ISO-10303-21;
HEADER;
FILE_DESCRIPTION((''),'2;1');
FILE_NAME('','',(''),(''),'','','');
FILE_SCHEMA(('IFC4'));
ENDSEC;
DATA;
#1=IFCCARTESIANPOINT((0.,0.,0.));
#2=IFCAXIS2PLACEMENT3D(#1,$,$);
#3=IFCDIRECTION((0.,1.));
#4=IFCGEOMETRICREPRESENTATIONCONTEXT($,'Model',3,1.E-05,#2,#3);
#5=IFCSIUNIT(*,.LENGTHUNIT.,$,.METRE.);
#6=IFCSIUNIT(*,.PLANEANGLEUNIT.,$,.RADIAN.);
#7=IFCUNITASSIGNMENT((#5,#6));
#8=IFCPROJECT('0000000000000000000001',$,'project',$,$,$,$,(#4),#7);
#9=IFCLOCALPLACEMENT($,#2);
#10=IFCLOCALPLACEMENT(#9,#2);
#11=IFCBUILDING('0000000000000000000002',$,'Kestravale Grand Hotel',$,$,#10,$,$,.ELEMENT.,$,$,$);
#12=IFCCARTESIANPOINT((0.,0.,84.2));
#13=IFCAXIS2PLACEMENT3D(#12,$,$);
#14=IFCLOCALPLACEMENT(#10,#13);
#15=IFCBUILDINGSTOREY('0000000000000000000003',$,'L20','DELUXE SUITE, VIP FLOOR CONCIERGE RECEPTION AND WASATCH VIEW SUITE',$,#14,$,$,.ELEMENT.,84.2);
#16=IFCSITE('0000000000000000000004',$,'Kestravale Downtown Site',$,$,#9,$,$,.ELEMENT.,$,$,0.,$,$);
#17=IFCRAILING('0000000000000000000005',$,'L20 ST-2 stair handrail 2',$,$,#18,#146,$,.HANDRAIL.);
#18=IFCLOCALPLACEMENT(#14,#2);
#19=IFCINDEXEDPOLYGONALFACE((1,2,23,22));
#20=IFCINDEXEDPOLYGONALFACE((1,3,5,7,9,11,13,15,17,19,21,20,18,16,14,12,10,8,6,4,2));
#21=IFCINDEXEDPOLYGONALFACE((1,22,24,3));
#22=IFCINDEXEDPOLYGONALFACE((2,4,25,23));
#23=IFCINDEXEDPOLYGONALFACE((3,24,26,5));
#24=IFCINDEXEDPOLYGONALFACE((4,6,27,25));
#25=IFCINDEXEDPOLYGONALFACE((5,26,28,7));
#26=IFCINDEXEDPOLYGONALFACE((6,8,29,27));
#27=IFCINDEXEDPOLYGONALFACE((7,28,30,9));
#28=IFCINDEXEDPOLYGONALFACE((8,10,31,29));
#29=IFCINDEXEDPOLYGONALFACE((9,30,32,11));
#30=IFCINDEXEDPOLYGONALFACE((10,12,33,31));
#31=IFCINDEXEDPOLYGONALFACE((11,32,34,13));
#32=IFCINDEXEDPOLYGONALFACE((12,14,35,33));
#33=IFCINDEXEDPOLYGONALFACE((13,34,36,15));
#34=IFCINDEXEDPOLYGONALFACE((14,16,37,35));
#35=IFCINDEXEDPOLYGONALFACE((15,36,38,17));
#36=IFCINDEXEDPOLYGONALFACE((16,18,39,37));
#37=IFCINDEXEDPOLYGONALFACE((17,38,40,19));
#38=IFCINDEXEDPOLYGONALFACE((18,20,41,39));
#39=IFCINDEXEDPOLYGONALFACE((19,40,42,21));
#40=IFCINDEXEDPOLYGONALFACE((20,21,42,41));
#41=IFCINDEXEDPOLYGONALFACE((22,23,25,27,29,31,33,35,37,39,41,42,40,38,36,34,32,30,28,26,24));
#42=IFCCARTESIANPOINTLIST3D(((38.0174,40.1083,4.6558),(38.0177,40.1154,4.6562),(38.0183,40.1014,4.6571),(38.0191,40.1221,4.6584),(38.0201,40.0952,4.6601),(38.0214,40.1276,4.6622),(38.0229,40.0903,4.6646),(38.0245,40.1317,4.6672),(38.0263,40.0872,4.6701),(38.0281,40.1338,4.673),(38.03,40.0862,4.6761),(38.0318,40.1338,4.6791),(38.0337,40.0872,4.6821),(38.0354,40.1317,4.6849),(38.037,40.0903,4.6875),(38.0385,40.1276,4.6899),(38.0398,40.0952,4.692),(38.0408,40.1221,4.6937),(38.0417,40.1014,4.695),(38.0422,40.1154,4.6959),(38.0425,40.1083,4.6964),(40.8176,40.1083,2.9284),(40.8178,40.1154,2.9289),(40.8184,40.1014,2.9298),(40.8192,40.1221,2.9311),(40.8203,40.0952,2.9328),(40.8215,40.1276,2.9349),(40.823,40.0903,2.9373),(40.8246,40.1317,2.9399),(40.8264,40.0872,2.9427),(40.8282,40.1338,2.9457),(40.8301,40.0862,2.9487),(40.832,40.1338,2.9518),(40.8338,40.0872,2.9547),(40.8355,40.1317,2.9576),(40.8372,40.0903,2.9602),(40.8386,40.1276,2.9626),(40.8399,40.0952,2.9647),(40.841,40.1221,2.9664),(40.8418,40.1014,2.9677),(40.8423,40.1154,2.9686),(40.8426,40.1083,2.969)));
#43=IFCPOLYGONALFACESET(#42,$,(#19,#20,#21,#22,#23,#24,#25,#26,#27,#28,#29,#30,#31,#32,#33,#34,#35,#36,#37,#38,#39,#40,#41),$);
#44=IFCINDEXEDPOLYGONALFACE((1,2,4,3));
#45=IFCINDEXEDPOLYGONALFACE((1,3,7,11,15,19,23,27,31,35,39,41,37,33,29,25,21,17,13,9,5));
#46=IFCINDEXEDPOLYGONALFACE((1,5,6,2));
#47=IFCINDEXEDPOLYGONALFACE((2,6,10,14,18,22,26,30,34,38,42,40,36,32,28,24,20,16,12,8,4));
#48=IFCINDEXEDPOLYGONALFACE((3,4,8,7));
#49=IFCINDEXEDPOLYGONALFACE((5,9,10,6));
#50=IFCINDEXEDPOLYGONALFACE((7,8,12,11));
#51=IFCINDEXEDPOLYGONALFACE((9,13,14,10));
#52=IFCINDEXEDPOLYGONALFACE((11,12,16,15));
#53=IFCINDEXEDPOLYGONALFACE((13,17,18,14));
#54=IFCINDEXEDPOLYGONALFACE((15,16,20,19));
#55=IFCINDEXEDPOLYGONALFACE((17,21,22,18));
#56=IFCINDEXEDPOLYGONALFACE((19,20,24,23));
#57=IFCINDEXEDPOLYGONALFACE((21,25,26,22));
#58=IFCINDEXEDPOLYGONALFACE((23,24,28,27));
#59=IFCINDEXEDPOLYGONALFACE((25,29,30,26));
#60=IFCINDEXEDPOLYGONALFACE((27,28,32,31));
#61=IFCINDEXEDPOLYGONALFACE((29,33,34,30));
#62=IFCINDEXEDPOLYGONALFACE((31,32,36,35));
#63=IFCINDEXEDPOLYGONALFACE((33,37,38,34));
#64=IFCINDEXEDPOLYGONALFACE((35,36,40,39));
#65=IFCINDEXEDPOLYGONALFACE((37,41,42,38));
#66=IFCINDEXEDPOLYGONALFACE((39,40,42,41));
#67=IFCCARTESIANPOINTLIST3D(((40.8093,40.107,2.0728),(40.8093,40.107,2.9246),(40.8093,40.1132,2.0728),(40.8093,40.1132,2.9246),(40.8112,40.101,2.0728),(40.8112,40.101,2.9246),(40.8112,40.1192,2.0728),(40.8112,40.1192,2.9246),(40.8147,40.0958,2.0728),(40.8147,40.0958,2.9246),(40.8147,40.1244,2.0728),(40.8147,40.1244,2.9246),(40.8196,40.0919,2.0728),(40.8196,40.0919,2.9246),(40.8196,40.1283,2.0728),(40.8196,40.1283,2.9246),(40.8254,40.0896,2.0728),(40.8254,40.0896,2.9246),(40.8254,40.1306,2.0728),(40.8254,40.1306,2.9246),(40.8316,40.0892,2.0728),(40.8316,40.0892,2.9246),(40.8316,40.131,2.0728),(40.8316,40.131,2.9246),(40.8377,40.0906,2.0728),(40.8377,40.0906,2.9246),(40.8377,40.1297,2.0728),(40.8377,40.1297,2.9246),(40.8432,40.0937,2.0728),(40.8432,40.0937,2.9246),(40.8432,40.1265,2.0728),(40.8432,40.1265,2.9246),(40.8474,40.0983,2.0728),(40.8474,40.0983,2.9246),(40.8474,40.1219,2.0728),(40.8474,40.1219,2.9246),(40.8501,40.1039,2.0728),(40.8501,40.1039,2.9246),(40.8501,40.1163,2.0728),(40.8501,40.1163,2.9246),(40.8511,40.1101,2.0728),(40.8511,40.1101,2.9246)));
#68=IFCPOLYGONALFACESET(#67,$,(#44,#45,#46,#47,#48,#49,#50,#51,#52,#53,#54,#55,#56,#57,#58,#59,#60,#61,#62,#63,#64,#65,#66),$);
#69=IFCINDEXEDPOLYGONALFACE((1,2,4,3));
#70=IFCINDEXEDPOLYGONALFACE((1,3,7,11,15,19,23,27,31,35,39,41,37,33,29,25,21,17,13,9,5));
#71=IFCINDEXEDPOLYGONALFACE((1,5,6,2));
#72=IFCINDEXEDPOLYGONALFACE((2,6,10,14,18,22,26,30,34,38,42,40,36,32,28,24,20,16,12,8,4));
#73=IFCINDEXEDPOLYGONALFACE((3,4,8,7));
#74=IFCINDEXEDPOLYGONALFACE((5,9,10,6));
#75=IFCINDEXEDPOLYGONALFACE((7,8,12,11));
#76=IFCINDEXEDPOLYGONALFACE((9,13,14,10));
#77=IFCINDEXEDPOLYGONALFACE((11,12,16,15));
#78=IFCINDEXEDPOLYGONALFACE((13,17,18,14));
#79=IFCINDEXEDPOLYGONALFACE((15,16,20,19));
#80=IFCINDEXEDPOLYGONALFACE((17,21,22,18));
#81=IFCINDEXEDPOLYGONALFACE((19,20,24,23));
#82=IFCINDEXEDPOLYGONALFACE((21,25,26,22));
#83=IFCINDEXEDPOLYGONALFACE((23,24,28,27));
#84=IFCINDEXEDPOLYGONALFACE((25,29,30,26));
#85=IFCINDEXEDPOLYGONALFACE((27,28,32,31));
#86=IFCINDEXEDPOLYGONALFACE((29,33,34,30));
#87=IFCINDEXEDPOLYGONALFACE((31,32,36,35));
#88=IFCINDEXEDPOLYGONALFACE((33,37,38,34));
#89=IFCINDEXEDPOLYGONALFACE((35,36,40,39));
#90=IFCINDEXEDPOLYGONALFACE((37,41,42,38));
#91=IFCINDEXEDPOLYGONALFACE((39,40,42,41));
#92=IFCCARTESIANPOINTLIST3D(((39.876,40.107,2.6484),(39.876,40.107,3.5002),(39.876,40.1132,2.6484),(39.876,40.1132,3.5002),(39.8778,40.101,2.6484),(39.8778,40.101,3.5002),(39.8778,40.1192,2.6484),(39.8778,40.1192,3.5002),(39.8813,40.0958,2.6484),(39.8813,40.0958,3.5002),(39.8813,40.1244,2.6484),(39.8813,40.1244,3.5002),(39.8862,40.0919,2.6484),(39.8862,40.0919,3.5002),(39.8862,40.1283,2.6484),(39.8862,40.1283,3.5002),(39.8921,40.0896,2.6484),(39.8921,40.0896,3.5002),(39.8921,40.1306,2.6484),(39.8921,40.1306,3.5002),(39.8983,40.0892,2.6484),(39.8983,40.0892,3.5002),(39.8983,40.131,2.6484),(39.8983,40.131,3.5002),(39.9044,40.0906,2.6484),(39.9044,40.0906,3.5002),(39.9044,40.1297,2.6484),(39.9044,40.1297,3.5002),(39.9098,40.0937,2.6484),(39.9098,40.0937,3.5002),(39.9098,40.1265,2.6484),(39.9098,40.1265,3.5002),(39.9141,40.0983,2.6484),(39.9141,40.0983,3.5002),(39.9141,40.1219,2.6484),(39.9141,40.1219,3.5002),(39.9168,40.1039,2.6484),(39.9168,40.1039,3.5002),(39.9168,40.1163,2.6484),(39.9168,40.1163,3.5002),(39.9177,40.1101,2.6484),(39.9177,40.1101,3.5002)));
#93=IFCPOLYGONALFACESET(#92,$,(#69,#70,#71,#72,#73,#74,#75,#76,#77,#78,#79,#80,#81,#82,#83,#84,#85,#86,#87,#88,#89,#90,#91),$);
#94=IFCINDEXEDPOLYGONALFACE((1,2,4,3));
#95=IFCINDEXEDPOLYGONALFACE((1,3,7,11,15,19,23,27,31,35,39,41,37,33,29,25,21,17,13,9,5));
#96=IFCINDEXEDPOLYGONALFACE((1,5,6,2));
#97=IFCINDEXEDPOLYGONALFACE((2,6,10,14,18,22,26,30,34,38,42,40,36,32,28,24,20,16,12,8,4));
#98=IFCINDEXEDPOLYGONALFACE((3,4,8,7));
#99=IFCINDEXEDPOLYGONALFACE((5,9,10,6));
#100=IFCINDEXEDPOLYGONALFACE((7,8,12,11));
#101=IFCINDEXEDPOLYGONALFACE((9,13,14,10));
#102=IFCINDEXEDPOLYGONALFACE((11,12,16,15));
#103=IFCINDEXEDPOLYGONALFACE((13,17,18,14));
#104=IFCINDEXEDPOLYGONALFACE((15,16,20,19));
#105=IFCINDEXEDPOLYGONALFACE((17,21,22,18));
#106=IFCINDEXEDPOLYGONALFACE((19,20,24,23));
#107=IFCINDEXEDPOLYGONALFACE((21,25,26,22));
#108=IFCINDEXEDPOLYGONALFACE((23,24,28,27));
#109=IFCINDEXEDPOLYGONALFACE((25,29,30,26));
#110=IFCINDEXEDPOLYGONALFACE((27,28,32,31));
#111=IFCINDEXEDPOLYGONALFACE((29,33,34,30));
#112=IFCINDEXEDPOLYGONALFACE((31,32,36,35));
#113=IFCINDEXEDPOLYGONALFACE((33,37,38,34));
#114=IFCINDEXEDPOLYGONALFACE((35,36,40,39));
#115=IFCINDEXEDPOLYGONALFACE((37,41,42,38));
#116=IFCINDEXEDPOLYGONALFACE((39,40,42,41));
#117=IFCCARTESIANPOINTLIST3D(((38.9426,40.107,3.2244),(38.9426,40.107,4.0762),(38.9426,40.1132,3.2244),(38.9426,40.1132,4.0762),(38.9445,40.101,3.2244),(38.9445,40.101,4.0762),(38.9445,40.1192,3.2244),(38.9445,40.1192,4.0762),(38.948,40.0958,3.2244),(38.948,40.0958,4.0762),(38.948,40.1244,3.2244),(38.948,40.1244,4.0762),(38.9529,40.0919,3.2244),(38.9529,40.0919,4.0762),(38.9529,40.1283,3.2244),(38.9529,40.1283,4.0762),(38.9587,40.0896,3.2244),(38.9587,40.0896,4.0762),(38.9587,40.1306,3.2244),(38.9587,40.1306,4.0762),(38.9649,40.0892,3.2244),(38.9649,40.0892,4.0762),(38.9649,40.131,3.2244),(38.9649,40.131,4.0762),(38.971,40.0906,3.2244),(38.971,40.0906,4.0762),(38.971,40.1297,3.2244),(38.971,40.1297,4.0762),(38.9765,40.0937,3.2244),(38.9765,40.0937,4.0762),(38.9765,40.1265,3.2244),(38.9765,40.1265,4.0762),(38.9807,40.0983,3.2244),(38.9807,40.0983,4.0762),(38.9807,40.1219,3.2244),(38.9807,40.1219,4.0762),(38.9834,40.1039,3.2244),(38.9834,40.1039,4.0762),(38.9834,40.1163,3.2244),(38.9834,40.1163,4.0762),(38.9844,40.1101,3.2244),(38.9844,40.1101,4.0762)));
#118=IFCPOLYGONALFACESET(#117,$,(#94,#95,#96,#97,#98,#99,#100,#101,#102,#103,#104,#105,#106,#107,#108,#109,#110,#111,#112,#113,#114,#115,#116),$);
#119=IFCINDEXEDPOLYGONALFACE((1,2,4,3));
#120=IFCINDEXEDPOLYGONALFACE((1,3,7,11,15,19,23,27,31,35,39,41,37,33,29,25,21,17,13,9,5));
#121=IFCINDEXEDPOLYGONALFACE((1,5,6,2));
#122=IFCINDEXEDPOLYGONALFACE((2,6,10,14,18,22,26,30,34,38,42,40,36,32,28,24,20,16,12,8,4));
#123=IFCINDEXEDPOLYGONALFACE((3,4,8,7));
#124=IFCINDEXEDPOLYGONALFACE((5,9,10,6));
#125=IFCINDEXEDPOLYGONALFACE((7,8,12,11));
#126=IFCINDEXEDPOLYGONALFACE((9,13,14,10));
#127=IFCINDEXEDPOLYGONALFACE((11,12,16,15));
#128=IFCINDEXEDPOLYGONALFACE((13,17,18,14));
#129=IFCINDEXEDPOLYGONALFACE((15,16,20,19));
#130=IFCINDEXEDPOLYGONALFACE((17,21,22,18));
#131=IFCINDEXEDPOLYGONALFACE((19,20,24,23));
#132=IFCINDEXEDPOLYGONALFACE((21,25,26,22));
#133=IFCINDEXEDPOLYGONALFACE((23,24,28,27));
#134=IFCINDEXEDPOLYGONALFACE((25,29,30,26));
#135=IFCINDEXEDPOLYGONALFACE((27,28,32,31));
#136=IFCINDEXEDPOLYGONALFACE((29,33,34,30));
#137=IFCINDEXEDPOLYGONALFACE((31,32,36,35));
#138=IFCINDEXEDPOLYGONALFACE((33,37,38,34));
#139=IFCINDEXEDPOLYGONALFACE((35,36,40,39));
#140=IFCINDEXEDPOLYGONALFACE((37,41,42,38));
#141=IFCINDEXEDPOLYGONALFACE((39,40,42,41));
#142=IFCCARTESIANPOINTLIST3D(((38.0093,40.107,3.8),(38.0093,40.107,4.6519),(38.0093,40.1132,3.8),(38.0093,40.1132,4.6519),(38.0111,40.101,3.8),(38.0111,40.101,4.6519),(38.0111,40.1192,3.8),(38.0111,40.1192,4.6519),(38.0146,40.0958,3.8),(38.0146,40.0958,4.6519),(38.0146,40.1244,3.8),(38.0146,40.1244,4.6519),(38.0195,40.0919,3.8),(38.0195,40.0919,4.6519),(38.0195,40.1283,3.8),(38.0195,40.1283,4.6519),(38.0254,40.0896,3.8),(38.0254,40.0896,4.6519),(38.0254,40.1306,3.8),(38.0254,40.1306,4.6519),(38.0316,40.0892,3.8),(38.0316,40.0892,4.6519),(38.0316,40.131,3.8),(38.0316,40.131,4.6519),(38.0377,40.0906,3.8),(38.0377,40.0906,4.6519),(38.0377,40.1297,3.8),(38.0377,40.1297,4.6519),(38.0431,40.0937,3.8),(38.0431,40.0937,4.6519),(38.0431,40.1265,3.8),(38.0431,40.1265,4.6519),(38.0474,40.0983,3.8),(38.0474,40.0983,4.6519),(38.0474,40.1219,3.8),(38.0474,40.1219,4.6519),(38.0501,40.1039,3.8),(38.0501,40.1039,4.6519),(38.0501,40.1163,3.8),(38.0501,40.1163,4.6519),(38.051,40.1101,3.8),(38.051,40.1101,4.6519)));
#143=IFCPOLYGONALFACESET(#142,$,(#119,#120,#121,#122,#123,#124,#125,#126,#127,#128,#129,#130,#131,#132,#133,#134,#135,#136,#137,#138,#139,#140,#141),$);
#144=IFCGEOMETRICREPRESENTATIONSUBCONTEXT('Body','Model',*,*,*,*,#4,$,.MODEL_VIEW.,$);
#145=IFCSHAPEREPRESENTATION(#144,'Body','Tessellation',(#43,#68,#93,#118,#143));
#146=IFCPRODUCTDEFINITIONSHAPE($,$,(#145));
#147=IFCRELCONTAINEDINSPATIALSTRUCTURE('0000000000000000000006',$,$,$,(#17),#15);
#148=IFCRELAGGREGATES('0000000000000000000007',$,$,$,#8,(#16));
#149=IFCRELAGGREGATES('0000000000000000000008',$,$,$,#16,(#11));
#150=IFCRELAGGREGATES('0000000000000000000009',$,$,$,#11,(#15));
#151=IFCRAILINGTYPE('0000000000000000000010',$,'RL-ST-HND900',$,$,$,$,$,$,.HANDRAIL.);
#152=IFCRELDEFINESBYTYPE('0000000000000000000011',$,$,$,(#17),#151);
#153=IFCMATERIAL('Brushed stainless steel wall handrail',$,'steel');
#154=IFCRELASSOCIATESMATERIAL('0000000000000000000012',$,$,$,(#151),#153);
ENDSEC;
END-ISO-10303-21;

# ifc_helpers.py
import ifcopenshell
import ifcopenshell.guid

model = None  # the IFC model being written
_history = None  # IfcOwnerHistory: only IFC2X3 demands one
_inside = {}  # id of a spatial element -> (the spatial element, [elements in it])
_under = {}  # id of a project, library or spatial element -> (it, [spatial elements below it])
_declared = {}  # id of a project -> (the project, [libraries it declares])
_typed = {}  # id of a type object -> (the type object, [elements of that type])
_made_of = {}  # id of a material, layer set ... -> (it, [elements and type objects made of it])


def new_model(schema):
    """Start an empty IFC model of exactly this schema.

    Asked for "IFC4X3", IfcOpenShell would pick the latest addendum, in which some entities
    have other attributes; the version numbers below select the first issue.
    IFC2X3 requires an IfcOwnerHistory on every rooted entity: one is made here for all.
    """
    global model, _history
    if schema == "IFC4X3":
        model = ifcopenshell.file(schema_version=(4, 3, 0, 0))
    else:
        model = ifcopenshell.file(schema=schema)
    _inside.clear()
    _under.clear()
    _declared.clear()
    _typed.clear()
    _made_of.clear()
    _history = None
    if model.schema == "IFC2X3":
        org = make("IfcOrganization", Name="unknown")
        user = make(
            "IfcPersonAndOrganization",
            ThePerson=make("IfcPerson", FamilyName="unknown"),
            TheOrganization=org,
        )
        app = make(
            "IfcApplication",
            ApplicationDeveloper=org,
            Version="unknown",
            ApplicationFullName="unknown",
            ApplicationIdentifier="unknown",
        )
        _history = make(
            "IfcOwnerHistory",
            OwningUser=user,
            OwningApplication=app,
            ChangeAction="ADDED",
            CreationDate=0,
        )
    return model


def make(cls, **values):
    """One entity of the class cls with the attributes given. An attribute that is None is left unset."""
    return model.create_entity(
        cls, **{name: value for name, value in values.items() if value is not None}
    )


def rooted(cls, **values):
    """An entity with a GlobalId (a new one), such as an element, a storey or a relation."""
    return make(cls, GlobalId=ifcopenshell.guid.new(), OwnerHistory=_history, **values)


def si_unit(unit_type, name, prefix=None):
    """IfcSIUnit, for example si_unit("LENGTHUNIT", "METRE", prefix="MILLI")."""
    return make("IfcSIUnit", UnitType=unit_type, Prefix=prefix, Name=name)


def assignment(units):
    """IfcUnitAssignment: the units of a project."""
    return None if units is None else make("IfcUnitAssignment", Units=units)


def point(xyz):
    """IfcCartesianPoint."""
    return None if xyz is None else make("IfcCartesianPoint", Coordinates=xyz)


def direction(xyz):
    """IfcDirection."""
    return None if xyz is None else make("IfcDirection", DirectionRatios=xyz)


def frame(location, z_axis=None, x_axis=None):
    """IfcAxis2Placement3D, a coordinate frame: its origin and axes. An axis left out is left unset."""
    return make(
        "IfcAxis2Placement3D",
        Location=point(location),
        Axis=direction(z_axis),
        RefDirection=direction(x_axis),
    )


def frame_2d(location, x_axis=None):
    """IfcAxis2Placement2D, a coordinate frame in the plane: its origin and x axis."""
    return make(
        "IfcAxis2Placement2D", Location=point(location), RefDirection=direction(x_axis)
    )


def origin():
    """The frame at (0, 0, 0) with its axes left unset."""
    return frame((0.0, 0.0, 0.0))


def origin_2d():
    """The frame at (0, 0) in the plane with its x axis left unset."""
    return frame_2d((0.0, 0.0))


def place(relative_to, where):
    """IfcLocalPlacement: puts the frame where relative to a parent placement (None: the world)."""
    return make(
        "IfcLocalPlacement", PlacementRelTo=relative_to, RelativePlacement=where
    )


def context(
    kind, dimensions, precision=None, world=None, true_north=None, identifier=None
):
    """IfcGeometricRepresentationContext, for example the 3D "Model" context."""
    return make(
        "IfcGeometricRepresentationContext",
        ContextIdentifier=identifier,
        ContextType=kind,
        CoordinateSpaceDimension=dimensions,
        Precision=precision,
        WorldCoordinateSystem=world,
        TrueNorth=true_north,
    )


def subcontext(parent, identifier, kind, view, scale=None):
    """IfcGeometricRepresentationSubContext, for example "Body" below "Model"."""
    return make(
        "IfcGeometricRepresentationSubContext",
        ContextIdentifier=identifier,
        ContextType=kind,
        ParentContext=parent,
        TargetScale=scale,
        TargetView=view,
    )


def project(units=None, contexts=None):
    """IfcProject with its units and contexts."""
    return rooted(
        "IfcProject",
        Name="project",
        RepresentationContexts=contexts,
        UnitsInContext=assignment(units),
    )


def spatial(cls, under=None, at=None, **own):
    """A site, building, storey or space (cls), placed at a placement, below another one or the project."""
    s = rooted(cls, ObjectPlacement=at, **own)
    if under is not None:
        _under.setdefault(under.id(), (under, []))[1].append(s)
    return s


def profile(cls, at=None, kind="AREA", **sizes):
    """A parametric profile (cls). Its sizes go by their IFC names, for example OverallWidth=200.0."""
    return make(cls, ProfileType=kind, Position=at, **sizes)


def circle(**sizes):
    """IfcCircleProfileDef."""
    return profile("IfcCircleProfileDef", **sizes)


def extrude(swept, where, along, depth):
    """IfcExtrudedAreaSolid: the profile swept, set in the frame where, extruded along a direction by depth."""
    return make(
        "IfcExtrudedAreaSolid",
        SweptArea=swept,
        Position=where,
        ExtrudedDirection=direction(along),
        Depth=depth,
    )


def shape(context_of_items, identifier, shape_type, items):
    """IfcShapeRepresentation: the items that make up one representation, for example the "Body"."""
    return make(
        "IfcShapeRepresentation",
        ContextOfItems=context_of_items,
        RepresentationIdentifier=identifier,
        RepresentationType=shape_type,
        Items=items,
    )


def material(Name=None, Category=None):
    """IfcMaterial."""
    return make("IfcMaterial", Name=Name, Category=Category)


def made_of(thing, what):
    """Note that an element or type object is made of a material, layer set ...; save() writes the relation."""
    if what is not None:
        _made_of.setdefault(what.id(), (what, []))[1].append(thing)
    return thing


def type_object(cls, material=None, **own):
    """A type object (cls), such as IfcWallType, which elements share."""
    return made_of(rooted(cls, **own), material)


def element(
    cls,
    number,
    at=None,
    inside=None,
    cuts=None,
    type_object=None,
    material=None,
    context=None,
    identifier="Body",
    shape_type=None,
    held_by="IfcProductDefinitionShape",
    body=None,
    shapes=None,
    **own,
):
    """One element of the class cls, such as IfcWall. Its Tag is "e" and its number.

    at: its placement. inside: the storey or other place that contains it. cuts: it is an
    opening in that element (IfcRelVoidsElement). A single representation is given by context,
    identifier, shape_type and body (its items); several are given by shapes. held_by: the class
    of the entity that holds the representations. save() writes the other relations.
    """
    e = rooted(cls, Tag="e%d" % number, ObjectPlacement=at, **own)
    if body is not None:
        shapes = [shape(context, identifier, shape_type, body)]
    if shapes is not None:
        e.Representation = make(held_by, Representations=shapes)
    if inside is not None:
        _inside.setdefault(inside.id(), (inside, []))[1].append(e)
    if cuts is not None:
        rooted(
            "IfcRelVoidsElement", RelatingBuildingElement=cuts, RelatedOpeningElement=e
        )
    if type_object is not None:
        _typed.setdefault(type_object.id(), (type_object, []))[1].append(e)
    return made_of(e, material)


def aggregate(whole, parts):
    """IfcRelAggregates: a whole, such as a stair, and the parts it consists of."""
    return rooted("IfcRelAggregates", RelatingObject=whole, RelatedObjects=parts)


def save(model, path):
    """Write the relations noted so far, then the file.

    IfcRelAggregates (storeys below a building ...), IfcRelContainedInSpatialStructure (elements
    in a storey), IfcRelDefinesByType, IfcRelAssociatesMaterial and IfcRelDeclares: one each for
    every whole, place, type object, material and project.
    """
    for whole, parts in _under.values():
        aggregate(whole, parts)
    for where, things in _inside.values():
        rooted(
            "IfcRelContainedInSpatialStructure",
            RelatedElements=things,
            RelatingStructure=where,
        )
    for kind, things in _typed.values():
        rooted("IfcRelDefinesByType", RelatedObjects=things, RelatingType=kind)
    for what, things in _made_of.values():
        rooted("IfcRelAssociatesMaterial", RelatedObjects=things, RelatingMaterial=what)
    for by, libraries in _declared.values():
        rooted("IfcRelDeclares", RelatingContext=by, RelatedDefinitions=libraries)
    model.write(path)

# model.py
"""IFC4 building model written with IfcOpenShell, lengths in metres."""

from ifc_helpers import new_model, si_unit, direction, frame, origin, origin_2d, place, context, subcontext, project, spatial, circle, extrude, material, type_object, element, save


model = new_model("IFC4")

# Units and contexts
model_context = context("Model", 3, precision=1e-05, world=origin(), true_north=direction((0.0, 1.0)))
body_context = subcontext(model_context, "Body", "Model", "MODEL_VIEW")
ifc_project = project(units=[si_unit("LENGTHUNIT", "METRE"), si_unit("PLANEANGLEUNIT", "RADIAN")], contexts=[model_context])

# Site, building, storey
site_placement = place(None, origin())
site = spatial("IfcSite", under=ifc_project, at=site_placement, Name="Kestravale Downtown Site", CompositionType="ELEMENT", RefElevation=0.0)
building_placement = place(site_placement, origin())
building = spatial("IfcBuilding", under=site, at=building_placement, Name="Kestravale Grand Hotel", CompositionType="ELEMENT")
storey_placement = place(building_placement, frame((0.0, 0.0, 84.2)))
storey = spatial("IfcBuildingStorey", under=building, at=storey_placement, Name="L20", Description="DELUXE SUITE, VIP FLOOR CONCIERGE RECEPTION AND WASATCH VIEW SUITE", CompositionType="ELEMENT", Elevation=84.2)

# Railing
ifc_material_1 = material(Name="Brushed stainless steel wall handrail", Category="steel")
railing_type_1 = type_object("IfcRailingType", Name="RL-ST-HND900", PredefinedType="HANDRAIL", material=ifc_material_1)
railing_1_placement = place(storey_placement, frame((40.8301, 40.1101, 2.0728)))
element("IfcRailing", 1, at=railing_1_placement, inside=storey, type_object=railing_type_1, Name="L20 ST-2 stair handrail 2", PredefinedType="HANDRAIL", context=body_context, shape_type="SweptSolid", body=[
    extrude(circle(Radius=0.0239, at=origin_2d()), frame((0.0, 0.0, 0.876), z_axis=(-0.85109, 0.0, 0.52502), x_axis=(0.0, -1.0, 0.0)), (0.0, 0.0, 1.0), 3.29),
    extrude(circle(Radius=0.021, at=origin_2d()), origin(), (0.0, 0.0, 1.0), 0.8518),
    extrude(circle(Radius=0.021, at=origin_2d()), frame((-0.9333, 0.0, 0.5757)), (0.0, 0.0, 1.0), 0.8518),
    extrude(circle(Radius=0.021, at=origin_2d()), frame((-1.8667, 0.0, 1.1516)), (0.0, 0.0, 1.0), 0.8518),
    extrude(circle(Radius=0.021, at=origin_2d()), frame((-2.8, 0.0, 1.7273)), (0.0, 0.0, 1.0), 0.8518),
])

save(model, "model.ifc")
